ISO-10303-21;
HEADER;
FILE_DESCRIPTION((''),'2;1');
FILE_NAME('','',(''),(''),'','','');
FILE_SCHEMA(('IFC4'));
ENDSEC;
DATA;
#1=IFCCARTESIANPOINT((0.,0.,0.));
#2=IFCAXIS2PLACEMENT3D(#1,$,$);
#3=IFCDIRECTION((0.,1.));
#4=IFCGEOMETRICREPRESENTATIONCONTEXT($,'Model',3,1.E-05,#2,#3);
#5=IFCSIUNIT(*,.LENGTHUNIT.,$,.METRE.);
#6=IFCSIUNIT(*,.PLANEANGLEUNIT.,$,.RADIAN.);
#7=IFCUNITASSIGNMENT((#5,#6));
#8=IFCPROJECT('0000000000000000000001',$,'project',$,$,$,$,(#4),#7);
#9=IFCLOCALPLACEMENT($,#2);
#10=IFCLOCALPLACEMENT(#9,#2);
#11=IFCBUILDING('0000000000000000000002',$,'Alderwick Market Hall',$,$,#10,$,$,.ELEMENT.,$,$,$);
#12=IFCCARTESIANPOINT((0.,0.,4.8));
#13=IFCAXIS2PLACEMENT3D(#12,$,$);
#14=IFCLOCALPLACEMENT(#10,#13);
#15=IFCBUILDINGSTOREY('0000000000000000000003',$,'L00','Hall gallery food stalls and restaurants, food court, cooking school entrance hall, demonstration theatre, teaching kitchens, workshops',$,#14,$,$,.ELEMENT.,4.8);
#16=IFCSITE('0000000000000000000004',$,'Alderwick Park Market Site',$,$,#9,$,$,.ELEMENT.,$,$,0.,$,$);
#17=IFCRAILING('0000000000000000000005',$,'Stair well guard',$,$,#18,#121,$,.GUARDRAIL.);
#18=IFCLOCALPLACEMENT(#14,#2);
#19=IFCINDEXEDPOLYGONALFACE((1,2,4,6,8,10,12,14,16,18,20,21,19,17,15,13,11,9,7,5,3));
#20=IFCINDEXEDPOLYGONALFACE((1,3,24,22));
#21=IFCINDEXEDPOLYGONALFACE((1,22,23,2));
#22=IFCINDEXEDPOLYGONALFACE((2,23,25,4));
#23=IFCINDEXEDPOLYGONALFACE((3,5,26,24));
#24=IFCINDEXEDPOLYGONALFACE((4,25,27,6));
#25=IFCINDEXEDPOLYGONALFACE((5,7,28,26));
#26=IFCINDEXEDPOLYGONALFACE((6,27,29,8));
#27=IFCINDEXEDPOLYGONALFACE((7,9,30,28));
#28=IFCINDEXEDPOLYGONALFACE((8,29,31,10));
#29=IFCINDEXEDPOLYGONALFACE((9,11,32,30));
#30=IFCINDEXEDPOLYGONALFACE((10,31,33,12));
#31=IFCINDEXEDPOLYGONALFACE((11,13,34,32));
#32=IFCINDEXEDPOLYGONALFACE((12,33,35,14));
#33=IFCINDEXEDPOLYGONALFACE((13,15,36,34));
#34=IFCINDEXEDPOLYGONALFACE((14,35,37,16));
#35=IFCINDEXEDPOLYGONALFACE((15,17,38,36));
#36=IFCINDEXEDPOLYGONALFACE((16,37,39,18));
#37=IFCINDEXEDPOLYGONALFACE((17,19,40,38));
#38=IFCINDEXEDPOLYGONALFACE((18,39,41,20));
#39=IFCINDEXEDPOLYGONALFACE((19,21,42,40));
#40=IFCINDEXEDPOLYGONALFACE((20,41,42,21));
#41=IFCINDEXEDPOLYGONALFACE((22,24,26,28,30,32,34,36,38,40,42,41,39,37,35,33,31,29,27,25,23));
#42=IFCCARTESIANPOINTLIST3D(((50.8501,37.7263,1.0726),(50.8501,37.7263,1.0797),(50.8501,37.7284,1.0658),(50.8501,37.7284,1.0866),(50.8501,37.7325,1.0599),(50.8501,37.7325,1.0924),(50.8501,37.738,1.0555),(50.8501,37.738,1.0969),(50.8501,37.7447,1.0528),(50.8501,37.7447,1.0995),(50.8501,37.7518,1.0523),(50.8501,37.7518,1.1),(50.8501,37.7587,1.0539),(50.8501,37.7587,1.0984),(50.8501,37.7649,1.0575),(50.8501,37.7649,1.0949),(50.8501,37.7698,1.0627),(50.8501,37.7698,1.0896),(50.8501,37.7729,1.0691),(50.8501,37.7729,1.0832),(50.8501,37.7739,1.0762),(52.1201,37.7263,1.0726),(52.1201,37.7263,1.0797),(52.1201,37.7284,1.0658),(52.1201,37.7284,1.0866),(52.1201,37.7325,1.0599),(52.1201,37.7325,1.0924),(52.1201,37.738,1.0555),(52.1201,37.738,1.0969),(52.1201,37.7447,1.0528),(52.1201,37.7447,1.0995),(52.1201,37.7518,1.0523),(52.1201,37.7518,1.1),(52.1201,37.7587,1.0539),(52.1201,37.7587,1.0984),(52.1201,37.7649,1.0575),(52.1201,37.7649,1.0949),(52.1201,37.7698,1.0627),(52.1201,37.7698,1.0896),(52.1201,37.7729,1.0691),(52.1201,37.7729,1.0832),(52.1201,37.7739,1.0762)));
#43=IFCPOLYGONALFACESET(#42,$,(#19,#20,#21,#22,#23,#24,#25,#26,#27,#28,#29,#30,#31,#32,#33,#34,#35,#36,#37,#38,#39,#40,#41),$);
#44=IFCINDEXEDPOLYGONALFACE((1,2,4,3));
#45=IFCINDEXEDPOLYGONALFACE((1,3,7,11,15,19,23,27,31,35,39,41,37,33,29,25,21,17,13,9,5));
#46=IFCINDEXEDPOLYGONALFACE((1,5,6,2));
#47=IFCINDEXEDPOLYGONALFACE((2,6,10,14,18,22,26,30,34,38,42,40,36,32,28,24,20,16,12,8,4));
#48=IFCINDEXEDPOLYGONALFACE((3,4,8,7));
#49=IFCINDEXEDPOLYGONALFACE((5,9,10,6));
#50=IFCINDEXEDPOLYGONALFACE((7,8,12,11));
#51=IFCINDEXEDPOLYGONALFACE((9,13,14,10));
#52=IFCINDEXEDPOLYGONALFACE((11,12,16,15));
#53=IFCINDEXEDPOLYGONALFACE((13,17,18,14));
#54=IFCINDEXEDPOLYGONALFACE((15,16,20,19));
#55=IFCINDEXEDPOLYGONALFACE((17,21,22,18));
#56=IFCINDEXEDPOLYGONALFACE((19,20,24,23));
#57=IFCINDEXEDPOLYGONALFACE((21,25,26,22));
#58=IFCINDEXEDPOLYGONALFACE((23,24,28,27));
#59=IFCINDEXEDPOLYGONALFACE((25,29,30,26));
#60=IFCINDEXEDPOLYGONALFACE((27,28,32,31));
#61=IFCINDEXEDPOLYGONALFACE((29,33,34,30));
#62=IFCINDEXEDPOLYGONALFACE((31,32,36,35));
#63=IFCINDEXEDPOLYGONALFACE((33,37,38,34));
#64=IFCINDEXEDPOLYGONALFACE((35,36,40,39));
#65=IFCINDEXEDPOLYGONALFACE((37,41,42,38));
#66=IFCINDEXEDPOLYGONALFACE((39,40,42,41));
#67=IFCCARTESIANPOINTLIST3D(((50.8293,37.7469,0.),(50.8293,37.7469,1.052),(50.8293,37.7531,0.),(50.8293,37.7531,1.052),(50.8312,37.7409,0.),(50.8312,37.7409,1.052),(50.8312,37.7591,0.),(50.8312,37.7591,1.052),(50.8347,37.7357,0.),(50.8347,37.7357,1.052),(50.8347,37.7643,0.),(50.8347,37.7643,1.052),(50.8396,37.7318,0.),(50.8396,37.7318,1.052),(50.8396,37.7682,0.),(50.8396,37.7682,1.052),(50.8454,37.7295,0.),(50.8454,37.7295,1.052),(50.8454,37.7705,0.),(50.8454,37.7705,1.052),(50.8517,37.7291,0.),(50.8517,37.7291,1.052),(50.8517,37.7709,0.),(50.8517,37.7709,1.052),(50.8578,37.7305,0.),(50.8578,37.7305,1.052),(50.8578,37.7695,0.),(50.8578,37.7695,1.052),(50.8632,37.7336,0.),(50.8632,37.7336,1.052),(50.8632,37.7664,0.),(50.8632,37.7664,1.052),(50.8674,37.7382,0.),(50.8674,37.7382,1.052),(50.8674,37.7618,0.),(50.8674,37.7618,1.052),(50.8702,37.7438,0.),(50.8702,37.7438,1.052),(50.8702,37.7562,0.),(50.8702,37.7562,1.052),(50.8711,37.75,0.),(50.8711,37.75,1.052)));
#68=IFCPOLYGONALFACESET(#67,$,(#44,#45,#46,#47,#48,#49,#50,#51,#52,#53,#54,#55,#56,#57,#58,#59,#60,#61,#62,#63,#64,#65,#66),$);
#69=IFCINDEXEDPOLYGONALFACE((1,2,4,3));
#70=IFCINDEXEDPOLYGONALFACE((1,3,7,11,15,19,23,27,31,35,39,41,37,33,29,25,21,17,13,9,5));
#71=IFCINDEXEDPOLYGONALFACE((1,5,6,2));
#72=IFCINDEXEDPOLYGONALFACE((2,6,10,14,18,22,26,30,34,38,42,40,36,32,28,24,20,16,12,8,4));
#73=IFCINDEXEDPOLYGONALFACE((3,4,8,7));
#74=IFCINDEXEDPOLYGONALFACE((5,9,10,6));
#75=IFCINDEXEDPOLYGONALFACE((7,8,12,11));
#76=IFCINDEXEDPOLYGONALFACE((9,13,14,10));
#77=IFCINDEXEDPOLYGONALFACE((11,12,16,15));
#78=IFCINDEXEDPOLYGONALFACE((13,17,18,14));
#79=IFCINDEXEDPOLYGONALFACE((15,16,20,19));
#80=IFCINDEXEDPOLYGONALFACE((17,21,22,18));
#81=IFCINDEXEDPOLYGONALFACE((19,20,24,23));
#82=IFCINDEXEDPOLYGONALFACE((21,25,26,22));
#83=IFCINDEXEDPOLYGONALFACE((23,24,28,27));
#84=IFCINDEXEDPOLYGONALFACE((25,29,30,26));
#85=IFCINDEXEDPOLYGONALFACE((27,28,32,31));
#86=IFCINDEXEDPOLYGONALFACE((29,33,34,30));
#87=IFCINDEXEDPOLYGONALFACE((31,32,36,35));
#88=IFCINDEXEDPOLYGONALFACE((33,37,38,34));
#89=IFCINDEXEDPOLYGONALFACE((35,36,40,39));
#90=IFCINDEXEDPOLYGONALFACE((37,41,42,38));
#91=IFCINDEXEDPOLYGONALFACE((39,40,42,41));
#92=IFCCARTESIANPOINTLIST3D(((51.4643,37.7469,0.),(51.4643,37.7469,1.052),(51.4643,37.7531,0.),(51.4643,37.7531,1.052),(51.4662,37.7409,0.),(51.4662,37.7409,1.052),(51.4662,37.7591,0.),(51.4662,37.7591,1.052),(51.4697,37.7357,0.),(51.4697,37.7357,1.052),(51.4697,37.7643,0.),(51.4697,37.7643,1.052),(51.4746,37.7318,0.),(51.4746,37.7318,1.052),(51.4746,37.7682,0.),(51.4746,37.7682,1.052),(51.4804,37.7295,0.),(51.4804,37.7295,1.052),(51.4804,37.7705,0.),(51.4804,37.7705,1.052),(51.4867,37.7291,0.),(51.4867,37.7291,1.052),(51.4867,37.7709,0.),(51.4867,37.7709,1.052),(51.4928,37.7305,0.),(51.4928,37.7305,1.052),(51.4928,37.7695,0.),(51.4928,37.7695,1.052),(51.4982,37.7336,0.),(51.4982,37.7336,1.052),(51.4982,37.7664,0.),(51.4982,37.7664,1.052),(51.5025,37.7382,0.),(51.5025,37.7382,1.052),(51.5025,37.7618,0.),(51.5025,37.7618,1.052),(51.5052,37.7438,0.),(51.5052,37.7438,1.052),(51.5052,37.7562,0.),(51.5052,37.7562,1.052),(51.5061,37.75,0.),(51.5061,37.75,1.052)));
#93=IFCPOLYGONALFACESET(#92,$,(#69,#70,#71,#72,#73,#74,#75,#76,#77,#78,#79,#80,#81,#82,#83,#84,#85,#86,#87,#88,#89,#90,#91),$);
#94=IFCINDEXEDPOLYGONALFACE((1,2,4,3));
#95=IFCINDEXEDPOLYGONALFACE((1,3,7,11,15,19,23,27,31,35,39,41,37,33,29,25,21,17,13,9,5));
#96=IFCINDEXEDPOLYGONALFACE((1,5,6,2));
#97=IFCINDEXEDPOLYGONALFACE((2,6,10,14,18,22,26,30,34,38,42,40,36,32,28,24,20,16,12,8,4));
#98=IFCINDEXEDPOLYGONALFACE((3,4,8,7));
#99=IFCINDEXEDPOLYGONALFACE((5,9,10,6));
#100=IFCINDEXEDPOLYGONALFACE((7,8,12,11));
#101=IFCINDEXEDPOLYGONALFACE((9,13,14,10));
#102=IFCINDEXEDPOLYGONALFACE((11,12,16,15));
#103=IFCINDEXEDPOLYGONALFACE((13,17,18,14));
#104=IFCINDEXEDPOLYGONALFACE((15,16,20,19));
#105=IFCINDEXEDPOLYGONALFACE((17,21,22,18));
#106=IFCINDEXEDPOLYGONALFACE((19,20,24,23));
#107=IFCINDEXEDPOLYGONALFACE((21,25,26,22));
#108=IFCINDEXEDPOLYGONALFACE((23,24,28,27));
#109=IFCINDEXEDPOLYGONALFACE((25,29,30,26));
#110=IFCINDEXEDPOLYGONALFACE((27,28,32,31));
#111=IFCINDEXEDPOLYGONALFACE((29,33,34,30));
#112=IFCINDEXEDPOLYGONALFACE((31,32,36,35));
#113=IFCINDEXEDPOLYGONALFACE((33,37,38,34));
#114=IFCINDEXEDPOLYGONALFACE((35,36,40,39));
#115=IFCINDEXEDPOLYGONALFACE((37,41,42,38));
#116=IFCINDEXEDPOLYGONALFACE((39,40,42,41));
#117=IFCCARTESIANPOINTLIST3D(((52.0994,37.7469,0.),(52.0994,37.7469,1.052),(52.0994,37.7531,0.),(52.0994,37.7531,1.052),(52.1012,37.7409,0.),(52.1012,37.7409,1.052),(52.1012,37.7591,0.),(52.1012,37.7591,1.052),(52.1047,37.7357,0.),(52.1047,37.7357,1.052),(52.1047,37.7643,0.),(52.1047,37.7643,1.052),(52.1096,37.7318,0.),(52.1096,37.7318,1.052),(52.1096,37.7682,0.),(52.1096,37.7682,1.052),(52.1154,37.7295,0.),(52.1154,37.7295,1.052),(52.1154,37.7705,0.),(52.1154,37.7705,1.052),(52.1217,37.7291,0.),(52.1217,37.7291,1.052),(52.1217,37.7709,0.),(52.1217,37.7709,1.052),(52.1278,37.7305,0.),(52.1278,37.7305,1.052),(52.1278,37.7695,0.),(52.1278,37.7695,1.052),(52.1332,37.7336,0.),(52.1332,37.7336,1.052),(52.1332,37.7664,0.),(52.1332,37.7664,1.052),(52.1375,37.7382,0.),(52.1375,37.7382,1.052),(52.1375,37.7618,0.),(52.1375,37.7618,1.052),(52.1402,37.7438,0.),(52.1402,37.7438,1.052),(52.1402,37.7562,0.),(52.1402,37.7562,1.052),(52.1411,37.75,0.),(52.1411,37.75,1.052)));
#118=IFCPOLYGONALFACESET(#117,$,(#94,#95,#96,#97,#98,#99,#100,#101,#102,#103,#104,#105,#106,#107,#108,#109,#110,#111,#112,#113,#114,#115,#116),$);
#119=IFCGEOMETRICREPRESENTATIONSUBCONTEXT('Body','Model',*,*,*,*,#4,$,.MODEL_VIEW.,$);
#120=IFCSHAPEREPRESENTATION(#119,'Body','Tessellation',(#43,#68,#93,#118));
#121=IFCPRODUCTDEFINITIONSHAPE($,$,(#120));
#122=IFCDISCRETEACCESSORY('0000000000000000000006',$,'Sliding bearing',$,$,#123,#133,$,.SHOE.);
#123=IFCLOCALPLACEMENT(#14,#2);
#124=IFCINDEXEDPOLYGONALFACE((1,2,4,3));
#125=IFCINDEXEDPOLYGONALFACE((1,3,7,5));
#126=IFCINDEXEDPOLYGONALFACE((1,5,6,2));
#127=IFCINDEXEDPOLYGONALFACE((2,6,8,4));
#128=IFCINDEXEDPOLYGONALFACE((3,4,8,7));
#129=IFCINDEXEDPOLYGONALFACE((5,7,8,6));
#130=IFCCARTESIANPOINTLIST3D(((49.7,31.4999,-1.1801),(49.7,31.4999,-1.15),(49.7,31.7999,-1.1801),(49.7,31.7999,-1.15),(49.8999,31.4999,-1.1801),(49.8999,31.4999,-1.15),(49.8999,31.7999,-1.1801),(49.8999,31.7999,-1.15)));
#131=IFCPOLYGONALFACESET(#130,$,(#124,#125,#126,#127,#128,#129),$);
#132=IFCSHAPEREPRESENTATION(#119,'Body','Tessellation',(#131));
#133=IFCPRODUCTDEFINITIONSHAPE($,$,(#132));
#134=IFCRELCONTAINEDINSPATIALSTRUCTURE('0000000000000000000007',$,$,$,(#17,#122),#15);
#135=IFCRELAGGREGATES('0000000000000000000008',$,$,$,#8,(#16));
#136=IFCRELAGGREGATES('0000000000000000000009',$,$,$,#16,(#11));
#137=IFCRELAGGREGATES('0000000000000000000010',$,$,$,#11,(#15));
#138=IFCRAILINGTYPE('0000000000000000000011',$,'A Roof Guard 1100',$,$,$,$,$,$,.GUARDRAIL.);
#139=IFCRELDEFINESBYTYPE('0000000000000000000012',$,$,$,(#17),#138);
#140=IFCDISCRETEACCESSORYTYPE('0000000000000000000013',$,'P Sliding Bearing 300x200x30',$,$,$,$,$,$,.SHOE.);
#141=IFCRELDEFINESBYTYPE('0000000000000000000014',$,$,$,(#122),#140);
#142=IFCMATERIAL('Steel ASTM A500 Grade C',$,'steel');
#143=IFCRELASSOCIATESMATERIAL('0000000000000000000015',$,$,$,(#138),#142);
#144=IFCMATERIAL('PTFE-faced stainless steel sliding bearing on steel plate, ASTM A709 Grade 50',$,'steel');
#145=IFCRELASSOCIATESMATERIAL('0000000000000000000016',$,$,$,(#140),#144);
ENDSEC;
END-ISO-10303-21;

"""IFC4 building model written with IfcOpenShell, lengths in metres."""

from ifc_helpers import new_model, si_unit, direction, frame, origin, origin_2d, place, context, subcontext, project, spatial, rectangle, circle, extrude, material, material_profile, profile_set, type_object, element, save


model = new_model("IFC4")

# Units and contexts
model_context = context("Model", 3, precision=1e-05, world=origin(), true_north=direction((0.0, 1.0)))
body_context = subcontext(model_context, "Body", "Model", "MODEL_VIEW")
ifc_project = project(units=[si_unit("LENGTHUNIT", "METRE"), si_unit("PLANEANGLEUNIT", "RADIAN")], contexts=[model_context])

# Site, building, storey
site_placement = place(None, origin())
site = spatial("IfcSite", under=ifc_project, at=site_placement, Name="Alderwick Park Market Site", CompositionType="ELEMENT", RefElevation=0.0)
building_placement = place(site_placement, origin())
building = spatial("IfcBuilding", under=site, at=building_placement, Name="Alderwick Market Hall", CompositionType="ELEMENT")
storey_placement = place(building_placement, frame((0.0, 0.0, 4.8)))
storey = spatial("IfcBuildingStorey", under=building, at=storey_placement, Name="L00", Description="Hall gallery food stalls and restaurants, food court, cooking school entrance hall, demonstration theatre, teaching kitchens, workshops", CompositionType="ELEMENT", Elevation=4.8)

# Shared definitions
ifc_material_1 = material(Name="Steel ASTM A500 Grade C", Category="steel")

# Railing
railing_type = type_object("IfcRailingType", Name="A Roof Guard 1100", PredefinedType="GUARDRAIL", material=ifc_material_1)
railing_1_placement = place(storey_placement, frame((50.8501, 37.75, 0.0)))
element("IfcRailing", 1, at=railing_1_placement, inside=storey, type_object=railing_type, Name="Stair well guard", PredefinedType="GUARDRAIL", context=body_context, shape_type="SweptSolid", body=[
    extrude(circle(Radius=0.0239, at=origin_2d()), frame((0.0, 0.0, 1.0762), z_axis=(1.0, 0.0, 0.0), x_axis=(0.0, 1.0, 0.0)), (0.0, 0.0, 1.0), 1.27),
    extrude(circle(Radius=0.021, at=origin_2d()), origin(), (0.0, 0.0, 1.0), 1.052),
    extrude(circle(Radius=0.021, at=origin_2d()), frame((0.635, 0.0, 0.0)), (0.0, 0.0, 1.0), 1.052),
    extrude(circle(Radius=0.021, at=origin_2d()), frame((1.27, 0.0, 0.0)), (0.0, 0.0, 1.0), 1.052),
])

# Discrete accessory
ifc_material_2 = material(Name="PTFE-faced stainless steel sliding bearing on steel plate, ASTM A709 Grade 50", Category="steel")
ifc_material_profile_1 = material_profile(ifc_material_2, rectangle(XDim=0.3, YDim=0.03, at=origin_2d()), Name="P Sliding Bearing 300x200x30")
ifc_profile_set_1 = profile_set([ifc_material_profile_1], Name="PTFE-faced stainless steel sliding bearing on steel plate, ASTM A709 Grade 50")
discrete_accessory_type = type_object("IfcDiscreteAccessoryType", Name="P Sliding Bearing 300x200x30", PredefinedType="SHOE", material=ifc_profile_set_1)
discrete_accessory_placement = place(storey_placement, frame((49.7, 31.6499, -1.165), z_axis=(1.0, 0.0, 0.0), x_axis=(0.0, 1.0, 0.0)))
element("IfcDiscreteAccessory", 2, at=discrete_accessory_placement, inside=storey, type_object=discrete_accessory_type, Name="Sliding bearing", PredefinedType="SHOE", context=body_context, shape_type="SweptSolid", body=[
    extrude(rectangle(XDim=0.3, YDim=0.03, at=origin_2d()), origin(), (0.0, 0.0, 1.0), 0.2),
])

save(model, "model.ifc")
